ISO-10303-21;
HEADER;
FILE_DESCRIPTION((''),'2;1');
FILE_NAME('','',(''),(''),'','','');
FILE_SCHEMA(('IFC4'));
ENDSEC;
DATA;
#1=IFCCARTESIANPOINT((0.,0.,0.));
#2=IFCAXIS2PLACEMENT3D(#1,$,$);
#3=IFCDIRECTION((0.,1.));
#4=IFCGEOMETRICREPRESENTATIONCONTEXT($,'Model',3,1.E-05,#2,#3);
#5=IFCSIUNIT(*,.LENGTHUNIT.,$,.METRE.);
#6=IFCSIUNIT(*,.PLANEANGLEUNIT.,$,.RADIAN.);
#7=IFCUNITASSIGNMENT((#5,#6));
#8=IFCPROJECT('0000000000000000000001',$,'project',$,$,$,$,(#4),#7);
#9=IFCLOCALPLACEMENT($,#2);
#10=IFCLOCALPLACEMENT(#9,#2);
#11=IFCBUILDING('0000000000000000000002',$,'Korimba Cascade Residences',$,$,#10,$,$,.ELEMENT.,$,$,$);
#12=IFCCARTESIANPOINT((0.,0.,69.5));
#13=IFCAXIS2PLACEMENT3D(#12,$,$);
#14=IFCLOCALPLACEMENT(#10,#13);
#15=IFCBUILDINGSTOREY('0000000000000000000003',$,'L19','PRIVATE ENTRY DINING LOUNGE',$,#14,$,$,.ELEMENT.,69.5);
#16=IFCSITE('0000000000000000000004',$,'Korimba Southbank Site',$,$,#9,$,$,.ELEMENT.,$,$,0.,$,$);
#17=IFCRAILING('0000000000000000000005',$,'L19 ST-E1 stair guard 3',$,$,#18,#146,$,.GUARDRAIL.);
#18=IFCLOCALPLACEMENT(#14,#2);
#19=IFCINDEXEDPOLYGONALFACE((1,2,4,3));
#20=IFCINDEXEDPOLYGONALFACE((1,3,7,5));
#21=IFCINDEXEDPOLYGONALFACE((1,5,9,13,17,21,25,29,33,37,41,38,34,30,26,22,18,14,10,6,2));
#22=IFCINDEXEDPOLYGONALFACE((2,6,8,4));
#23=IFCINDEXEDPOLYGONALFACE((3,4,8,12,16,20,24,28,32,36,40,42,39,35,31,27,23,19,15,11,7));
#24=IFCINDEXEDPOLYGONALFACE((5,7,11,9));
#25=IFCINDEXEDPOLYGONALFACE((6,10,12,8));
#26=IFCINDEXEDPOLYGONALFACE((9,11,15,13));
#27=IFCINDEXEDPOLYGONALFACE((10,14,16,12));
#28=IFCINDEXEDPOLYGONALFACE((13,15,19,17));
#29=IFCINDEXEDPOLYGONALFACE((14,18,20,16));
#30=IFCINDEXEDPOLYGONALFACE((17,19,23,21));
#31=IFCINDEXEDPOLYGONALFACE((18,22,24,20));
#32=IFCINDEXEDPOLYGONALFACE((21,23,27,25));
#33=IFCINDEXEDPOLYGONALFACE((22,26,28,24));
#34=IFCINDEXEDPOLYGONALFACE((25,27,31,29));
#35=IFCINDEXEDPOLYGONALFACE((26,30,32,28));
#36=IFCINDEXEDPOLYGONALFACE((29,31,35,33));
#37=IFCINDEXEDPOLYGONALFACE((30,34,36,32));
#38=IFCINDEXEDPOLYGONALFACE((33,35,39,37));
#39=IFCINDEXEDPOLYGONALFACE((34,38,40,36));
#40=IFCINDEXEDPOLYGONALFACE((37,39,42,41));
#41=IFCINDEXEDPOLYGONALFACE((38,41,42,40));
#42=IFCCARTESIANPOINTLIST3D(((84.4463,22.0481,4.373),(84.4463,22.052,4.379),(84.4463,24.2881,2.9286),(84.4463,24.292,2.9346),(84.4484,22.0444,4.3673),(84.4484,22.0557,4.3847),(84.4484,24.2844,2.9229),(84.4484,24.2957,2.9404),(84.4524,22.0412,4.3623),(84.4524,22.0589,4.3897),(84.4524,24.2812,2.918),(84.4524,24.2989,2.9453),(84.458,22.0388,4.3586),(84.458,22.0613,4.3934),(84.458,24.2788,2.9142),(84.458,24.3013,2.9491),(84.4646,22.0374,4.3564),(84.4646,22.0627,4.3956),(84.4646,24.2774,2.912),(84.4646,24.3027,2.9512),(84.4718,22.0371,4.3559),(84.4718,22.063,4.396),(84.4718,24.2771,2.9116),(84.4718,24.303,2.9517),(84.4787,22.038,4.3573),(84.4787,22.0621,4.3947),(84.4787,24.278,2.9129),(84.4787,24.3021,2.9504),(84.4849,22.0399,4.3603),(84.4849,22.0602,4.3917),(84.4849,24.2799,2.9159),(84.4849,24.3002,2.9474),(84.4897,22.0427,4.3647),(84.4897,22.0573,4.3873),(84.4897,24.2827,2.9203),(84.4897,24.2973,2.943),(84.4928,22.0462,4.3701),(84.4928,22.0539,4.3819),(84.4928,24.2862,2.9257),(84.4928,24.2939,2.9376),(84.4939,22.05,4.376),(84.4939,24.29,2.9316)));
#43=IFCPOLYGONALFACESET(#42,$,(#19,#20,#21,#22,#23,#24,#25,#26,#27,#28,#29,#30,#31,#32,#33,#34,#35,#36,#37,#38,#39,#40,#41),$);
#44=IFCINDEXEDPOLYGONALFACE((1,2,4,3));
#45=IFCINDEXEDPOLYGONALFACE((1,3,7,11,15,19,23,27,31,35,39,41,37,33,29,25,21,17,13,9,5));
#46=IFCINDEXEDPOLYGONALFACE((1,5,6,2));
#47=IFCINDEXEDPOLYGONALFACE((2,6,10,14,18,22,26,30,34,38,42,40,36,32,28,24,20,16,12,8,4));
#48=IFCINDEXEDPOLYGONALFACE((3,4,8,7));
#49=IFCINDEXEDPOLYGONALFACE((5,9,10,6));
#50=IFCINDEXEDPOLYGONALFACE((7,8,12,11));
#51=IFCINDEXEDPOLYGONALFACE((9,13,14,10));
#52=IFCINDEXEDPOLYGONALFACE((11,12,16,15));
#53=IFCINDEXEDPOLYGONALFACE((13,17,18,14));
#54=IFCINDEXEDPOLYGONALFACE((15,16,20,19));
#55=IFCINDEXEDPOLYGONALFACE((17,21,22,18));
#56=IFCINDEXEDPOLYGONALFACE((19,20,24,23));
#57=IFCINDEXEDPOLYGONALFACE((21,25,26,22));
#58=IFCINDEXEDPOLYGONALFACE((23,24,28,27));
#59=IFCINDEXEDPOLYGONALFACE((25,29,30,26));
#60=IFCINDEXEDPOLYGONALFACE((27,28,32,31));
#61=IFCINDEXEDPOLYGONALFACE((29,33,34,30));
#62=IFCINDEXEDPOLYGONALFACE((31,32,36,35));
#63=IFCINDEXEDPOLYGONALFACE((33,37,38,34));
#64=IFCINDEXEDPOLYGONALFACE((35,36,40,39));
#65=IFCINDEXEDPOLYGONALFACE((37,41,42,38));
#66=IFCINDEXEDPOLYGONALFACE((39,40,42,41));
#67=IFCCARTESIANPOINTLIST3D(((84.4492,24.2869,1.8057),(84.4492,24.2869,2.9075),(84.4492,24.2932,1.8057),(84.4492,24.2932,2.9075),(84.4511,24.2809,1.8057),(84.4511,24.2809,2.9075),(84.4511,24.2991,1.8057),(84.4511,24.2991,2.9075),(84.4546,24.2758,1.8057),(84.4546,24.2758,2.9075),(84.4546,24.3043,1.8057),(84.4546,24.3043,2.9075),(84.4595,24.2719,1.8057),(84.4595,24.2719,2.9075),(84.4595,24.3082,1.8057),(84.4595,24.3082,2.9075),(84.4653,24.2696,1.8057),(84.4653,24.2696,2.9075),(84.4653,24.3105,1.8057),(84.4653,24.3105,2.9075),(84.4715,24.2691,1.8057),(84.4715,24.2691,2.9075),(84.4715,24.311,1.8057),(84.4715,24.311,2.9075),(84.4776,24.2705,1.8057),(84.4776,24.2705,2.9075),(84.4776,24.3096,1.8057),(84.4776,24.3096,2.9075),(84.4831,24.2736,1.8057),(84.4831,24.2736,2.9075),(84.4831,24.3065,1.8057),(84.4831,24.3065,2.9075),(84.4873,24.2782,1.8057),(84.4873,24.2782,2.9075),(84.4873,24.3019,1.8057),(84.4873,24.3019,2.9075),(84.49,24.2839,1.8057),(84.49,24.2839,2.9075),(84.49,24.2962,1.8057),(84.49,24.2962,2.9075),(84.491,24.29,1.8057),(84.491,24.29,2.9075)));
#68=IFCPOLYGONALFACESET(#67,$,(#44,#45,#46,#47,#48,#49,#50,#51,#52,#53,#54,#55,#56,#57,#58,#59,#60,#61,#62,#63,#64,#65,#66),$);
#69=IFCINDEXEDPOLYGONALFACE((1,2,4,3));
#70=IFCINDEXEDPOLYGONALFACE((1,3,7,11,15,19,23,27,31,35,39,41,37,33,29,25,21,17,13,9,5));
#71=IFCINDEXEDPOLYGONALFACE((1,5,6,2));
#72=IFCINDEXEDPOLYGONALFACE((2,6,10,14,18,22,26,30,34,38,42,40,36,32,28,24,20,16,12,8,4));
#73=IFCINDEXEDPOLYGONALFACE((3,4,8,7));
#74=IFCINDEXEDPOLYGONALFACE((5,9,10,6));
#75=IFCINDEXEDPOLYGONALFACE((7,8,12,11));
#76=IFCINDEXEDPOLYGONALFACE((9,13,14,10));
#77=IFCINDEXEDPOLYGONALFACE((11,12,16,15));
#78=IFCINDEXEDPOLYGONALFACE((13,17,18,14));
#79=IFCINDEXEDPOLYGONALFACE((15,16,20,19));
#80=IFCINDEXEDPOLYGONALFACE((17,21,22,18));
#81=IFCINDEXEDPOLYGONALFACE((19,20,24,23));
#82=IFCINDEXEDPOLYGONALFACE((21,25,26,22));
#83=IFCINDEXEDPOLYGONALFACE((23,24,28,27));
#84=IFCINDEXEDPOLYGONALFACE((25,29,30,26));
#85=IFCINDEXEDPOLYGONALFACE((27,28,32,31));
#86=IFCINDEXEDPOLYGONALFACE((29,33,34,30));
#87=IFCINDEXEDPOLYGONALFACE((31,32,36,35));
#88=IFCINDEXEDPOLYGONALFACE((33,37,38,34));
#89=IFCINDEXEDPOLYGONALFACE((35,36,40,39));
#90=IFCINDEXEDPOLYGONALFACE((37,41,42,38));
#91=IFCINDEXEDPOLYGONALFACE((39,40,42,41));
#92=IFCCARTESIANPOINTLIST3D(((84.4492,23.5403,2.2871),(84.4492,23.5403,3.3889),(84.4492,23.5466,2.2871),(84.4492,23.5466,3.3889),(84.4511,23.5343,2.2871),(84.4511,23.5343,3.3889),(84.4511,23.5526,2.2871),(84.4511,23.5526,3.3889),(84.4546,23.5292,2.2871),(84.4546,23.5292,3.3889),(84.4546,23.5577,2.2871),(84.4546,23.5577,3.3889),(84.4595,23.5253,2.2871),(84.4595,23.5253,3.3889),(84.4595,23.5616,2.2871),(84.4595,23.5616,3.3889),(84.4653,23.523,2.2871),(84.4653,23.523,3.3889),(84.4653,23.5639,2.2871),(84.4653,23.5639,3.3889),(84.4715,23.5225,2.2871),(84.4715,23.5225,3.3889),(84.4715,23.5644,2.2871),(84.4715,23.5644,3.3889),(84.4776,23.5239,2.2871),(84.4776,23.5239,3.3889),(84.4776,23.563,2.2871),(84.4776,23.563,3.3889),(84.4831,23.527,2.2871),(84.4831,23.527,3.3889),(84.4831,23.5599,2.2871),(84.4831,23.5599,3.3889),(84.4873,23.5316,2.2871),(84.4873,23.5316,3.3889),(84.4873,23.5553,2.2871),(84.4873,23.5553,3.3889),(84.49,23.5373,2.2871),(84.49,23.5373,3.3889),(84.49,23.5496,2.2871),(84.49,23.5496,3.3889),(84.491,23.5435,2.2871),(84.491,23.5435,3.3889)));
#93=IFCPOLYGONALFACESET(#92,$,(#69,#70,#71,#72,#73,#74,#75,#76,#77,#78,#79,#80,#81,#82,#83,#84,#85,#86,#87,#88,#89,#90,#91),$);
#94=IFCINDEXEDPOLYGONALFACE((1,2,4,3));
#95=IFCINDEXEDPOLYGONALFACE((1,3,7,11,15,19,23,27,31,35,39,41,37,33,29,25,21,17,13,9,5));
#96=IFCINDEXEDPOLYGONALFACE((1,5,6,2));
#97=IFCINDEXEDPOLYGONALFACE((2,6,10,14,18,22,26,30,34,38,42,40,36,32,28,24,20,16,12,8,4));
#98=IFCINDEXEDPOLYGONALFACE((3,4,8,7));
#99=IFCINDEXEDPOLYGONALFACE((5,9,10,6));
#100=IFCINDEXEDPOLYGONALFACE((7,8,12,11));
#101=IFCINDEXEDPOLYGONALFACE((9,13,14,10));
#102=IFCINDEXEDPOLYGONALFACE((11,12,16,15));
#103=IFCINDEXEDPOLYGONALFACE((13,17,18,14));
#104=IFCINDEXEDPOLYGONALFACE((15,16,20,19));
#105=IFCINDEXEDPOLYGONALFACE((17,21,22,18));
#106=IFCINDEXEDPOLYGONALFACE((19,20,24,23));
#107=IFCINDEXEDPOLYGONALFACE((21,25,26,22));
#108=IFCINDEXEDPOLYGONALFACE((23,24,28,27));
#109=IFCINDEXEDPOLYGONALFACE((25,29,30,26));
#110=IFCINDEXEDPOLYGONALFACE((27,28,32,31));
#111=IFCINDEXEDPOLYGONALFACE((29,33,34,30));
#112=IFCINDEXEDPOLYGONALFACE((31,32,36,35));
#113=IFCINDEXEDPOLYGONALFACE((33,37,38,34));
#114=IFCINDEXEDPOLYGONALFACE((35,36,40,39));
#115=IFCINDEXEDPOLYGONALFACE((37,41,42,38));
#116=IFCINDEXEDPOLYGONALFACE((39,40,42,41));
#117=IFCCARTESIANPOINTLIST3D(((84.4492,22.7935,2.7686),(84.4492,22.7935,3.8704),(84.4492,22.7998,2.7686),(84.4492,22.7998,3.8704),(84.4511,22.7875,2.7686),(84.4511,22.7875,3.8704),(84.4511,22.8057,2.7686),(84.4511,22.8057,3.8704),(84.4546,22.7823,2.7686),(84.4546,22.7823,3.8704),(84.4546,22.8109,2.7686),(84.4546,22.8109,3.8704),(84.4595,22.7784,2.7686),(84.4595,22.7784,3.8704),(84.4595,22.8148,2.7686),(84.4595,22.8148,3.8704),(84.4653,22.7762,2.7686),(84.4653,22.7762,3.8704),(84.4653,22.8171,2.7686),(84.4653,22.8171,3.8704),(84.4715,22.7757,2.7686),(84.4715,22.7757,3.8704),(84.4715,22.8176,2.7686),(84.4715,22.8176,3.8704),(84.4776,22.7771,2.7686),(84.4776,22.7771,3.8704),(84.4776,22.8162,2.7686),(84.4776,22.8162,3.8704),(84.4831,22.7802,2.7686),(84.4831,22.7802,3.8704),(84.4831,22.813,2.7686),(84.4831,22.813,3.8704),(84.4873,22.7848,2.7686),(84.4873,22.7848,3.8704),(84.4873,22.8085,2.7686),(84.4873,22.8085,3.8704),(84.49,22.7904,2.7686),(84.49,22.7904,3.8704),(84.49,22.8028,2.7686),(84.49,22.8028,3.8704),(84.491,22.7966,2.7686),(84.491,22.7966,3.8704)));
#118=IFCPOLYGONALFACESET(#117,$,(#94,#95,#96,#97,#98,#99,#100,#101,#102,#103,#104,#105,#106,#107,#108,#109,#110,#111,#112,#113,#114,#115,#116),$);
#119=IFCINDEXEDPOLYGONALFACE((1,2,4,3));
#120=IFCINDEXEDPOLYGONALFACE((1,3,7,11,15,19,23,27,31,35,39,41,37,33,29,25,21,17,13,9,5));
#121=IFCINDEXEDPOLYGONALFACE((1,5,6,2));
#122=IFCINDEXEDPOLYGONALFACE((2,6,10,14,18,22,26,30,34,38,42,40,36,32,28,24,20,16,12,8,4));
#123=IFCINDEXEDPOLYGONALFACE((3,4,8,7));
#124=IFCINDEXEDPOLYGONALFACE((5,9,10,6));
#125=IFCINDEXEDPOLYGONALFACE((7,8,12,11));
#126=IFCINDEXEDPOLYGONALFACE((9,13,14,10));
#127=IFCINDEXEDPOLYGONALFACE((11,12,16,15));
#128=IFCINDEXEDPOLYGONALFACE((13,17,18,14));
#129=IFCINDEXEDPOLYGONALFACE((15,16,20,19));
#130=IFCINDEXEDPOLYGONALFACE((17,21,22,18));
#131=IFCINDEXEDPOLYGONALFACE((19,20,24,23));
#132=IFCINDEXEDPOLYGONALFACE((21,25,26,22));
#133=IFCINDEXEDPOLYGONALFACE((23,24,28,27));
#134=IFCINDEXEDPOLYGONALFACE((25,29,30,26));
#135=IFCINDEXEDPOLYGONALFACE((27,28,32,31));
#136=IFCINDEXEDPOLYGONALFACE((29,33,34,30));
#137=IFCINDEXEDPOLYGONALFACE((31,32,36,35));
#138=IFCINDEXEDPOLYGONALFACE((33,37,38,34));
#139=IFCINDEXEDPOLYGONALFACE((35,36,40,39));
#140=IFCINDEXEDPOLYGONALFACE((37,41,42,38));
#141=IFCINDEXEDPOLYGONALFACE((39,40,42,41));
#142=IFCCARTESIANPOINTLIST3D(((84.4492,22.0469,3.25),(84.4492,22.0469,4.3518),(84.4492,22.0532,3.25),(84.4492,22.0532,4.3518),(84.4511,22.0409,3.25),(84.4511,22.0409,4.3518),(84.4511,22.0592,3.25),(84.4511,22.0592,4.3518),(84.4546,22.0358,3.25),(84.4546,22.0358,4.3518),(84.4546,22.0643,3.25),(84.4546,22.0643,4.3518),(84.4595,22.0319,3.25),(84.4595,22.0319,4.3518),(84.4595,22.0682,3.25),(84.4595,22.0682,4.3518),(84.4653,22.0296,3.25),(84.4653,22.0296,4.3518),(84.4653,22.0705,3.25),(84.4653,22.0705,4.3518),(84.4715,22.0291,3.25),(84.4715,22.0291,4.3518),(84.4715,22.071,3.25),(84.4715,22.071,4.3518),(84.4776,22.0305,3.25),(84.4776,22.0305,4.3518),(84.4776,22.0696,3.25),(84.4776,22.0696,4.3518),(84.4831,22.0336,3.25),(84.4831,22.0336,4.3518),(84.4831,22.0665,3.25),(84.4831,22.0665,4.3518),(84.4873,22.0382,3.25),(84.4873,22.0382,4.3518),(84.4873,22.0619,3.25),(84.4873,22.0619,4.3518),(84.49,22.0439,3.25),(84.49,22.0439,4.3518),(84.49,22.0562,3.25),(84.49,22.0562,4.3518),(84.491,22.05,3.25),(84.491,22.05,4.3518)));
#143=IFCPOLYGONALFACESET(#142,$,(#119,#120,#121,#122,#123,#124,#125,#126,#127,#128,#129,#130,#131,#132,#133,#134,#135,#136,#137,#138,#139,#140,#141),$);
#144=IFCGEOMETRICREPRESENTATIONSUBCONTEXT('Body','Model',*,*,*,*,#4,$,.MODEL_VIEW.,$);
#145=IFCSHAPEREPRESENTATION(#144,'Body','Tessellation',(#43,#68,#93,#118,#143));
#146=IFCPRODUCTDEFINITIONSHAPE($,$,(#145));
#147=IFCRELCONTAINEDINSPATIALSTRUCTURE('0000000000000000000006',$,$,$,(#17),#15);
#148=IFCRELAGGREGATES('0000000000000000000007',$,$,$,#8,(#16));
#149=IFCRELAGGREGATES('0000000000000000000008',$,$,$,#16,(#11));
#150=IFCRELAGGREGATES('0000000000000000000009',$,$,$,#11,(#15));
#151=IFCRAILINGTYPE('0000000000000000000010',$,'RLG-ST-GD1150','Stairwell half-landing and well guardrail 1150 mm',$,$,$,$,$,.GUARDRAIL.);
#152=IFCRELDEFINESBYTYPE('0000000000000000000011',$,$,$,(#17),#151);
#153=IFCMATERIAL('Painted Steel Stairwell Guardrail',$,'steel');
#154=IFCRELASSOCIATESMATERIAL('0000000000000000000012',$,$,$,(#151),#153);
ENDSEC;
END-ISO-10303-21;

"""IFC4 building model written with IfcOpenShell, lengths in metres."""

from ifc_helpers import new_model, si_unit, direction, frame, origin, origin_2d, place, context, subcontext, project, spatial, circle, extrude, material, type_object, element, save


model = new_model("IFC4")

# Units and contexts
model_context = context("Model", 3, precision=1e-05, world=origin(), true_north=direction((0.0, 1.0)))
body_context = subcontext(model_context, "Body", "Model", "MODEL_VIEW")
ifc_project = project(units=[si_unit("LENGTHUNIT", "METRE"), si_unit("PLANEANGLEUNIT", "RADIAN")], contexts=[model_context])

# Site, building, storey
site_placement = place(None, origin())
site = spatial("IfcSite", under=ifc_project, at=site_placement, Name="Korimba Southbank Site", CompositionType="ELEMENT", RefElevation=0.0)
building_placement = place(site_placement, origin())
building = spatial("IfcBuilding", under=site, at=building_placement, Name="Korimba Cascade Residences", CompositionType="ELEMENT")
storey_placement = place(building_placement, frame((0.0, 0.0, 69.5)))
storey = spatial("IfcBuildingStorey", under=building, at=storey_placement, Name="L19", Description="PRIVATE ENTRY DINING LOUNGE", CompositionType="ELEMENT", Elevation=69.5)

# Railing
ifc_material_1 = material(Name="Painted Steel Stairwell Guardrail", Category="steel")
railing_type_1 = type_object("IfcRailingType", Name="RLG-ST-GD1150", Description="Stairwell half-landing and well guardrail 1150 mm", PredefinedType="GUARDRAIL", material=ifc_material_1)
railing_1_placement = place(storey_placement, frame((84.47, 24.29, 1.8057)))
element("IfcRailing", 1, at=railing_1_placement, inside=storey, type_object=railing_type_1, Name="L19 ST-E1 stair guard 3", PredefinedType="GUARDRAIL", context=body_context, shape_type="SweptSolid", body=[
    extrude(circle(Radius=0.0239, at=origin_2d()), frame((0.0, 0.0, 1.126), z_axis=(0.0, -0.840437, 0.54191), x_axis=(1.0, 0.0, 0.0)), (0.0, 0.0, 1.0), 2.6653),
    extrude(circle(Radius=0.021, at=origin_2d()), origin(), (0.0, 0.0, 1.0), 1.1018),
    extrude(circle(Radius=0.021, at=origin_2d()), frame((0.0, -0.7466, 0.4814)), (0.0, 0.0, 1.0), 1.1018),
    extrude(circle(Radius=0.021, at=origin_2d()), frame((0.0, -1.4934, 0.9629)), (0.0, 0.0, 1.0), 1.1018),
    extrude(circle(Radius=0.021, at=origin_2d()), frame((0.0, -2.24, 1.4443)), (0.0, 0.0, 1.0), 1.1018),
])

save(model, "model.ifc")
